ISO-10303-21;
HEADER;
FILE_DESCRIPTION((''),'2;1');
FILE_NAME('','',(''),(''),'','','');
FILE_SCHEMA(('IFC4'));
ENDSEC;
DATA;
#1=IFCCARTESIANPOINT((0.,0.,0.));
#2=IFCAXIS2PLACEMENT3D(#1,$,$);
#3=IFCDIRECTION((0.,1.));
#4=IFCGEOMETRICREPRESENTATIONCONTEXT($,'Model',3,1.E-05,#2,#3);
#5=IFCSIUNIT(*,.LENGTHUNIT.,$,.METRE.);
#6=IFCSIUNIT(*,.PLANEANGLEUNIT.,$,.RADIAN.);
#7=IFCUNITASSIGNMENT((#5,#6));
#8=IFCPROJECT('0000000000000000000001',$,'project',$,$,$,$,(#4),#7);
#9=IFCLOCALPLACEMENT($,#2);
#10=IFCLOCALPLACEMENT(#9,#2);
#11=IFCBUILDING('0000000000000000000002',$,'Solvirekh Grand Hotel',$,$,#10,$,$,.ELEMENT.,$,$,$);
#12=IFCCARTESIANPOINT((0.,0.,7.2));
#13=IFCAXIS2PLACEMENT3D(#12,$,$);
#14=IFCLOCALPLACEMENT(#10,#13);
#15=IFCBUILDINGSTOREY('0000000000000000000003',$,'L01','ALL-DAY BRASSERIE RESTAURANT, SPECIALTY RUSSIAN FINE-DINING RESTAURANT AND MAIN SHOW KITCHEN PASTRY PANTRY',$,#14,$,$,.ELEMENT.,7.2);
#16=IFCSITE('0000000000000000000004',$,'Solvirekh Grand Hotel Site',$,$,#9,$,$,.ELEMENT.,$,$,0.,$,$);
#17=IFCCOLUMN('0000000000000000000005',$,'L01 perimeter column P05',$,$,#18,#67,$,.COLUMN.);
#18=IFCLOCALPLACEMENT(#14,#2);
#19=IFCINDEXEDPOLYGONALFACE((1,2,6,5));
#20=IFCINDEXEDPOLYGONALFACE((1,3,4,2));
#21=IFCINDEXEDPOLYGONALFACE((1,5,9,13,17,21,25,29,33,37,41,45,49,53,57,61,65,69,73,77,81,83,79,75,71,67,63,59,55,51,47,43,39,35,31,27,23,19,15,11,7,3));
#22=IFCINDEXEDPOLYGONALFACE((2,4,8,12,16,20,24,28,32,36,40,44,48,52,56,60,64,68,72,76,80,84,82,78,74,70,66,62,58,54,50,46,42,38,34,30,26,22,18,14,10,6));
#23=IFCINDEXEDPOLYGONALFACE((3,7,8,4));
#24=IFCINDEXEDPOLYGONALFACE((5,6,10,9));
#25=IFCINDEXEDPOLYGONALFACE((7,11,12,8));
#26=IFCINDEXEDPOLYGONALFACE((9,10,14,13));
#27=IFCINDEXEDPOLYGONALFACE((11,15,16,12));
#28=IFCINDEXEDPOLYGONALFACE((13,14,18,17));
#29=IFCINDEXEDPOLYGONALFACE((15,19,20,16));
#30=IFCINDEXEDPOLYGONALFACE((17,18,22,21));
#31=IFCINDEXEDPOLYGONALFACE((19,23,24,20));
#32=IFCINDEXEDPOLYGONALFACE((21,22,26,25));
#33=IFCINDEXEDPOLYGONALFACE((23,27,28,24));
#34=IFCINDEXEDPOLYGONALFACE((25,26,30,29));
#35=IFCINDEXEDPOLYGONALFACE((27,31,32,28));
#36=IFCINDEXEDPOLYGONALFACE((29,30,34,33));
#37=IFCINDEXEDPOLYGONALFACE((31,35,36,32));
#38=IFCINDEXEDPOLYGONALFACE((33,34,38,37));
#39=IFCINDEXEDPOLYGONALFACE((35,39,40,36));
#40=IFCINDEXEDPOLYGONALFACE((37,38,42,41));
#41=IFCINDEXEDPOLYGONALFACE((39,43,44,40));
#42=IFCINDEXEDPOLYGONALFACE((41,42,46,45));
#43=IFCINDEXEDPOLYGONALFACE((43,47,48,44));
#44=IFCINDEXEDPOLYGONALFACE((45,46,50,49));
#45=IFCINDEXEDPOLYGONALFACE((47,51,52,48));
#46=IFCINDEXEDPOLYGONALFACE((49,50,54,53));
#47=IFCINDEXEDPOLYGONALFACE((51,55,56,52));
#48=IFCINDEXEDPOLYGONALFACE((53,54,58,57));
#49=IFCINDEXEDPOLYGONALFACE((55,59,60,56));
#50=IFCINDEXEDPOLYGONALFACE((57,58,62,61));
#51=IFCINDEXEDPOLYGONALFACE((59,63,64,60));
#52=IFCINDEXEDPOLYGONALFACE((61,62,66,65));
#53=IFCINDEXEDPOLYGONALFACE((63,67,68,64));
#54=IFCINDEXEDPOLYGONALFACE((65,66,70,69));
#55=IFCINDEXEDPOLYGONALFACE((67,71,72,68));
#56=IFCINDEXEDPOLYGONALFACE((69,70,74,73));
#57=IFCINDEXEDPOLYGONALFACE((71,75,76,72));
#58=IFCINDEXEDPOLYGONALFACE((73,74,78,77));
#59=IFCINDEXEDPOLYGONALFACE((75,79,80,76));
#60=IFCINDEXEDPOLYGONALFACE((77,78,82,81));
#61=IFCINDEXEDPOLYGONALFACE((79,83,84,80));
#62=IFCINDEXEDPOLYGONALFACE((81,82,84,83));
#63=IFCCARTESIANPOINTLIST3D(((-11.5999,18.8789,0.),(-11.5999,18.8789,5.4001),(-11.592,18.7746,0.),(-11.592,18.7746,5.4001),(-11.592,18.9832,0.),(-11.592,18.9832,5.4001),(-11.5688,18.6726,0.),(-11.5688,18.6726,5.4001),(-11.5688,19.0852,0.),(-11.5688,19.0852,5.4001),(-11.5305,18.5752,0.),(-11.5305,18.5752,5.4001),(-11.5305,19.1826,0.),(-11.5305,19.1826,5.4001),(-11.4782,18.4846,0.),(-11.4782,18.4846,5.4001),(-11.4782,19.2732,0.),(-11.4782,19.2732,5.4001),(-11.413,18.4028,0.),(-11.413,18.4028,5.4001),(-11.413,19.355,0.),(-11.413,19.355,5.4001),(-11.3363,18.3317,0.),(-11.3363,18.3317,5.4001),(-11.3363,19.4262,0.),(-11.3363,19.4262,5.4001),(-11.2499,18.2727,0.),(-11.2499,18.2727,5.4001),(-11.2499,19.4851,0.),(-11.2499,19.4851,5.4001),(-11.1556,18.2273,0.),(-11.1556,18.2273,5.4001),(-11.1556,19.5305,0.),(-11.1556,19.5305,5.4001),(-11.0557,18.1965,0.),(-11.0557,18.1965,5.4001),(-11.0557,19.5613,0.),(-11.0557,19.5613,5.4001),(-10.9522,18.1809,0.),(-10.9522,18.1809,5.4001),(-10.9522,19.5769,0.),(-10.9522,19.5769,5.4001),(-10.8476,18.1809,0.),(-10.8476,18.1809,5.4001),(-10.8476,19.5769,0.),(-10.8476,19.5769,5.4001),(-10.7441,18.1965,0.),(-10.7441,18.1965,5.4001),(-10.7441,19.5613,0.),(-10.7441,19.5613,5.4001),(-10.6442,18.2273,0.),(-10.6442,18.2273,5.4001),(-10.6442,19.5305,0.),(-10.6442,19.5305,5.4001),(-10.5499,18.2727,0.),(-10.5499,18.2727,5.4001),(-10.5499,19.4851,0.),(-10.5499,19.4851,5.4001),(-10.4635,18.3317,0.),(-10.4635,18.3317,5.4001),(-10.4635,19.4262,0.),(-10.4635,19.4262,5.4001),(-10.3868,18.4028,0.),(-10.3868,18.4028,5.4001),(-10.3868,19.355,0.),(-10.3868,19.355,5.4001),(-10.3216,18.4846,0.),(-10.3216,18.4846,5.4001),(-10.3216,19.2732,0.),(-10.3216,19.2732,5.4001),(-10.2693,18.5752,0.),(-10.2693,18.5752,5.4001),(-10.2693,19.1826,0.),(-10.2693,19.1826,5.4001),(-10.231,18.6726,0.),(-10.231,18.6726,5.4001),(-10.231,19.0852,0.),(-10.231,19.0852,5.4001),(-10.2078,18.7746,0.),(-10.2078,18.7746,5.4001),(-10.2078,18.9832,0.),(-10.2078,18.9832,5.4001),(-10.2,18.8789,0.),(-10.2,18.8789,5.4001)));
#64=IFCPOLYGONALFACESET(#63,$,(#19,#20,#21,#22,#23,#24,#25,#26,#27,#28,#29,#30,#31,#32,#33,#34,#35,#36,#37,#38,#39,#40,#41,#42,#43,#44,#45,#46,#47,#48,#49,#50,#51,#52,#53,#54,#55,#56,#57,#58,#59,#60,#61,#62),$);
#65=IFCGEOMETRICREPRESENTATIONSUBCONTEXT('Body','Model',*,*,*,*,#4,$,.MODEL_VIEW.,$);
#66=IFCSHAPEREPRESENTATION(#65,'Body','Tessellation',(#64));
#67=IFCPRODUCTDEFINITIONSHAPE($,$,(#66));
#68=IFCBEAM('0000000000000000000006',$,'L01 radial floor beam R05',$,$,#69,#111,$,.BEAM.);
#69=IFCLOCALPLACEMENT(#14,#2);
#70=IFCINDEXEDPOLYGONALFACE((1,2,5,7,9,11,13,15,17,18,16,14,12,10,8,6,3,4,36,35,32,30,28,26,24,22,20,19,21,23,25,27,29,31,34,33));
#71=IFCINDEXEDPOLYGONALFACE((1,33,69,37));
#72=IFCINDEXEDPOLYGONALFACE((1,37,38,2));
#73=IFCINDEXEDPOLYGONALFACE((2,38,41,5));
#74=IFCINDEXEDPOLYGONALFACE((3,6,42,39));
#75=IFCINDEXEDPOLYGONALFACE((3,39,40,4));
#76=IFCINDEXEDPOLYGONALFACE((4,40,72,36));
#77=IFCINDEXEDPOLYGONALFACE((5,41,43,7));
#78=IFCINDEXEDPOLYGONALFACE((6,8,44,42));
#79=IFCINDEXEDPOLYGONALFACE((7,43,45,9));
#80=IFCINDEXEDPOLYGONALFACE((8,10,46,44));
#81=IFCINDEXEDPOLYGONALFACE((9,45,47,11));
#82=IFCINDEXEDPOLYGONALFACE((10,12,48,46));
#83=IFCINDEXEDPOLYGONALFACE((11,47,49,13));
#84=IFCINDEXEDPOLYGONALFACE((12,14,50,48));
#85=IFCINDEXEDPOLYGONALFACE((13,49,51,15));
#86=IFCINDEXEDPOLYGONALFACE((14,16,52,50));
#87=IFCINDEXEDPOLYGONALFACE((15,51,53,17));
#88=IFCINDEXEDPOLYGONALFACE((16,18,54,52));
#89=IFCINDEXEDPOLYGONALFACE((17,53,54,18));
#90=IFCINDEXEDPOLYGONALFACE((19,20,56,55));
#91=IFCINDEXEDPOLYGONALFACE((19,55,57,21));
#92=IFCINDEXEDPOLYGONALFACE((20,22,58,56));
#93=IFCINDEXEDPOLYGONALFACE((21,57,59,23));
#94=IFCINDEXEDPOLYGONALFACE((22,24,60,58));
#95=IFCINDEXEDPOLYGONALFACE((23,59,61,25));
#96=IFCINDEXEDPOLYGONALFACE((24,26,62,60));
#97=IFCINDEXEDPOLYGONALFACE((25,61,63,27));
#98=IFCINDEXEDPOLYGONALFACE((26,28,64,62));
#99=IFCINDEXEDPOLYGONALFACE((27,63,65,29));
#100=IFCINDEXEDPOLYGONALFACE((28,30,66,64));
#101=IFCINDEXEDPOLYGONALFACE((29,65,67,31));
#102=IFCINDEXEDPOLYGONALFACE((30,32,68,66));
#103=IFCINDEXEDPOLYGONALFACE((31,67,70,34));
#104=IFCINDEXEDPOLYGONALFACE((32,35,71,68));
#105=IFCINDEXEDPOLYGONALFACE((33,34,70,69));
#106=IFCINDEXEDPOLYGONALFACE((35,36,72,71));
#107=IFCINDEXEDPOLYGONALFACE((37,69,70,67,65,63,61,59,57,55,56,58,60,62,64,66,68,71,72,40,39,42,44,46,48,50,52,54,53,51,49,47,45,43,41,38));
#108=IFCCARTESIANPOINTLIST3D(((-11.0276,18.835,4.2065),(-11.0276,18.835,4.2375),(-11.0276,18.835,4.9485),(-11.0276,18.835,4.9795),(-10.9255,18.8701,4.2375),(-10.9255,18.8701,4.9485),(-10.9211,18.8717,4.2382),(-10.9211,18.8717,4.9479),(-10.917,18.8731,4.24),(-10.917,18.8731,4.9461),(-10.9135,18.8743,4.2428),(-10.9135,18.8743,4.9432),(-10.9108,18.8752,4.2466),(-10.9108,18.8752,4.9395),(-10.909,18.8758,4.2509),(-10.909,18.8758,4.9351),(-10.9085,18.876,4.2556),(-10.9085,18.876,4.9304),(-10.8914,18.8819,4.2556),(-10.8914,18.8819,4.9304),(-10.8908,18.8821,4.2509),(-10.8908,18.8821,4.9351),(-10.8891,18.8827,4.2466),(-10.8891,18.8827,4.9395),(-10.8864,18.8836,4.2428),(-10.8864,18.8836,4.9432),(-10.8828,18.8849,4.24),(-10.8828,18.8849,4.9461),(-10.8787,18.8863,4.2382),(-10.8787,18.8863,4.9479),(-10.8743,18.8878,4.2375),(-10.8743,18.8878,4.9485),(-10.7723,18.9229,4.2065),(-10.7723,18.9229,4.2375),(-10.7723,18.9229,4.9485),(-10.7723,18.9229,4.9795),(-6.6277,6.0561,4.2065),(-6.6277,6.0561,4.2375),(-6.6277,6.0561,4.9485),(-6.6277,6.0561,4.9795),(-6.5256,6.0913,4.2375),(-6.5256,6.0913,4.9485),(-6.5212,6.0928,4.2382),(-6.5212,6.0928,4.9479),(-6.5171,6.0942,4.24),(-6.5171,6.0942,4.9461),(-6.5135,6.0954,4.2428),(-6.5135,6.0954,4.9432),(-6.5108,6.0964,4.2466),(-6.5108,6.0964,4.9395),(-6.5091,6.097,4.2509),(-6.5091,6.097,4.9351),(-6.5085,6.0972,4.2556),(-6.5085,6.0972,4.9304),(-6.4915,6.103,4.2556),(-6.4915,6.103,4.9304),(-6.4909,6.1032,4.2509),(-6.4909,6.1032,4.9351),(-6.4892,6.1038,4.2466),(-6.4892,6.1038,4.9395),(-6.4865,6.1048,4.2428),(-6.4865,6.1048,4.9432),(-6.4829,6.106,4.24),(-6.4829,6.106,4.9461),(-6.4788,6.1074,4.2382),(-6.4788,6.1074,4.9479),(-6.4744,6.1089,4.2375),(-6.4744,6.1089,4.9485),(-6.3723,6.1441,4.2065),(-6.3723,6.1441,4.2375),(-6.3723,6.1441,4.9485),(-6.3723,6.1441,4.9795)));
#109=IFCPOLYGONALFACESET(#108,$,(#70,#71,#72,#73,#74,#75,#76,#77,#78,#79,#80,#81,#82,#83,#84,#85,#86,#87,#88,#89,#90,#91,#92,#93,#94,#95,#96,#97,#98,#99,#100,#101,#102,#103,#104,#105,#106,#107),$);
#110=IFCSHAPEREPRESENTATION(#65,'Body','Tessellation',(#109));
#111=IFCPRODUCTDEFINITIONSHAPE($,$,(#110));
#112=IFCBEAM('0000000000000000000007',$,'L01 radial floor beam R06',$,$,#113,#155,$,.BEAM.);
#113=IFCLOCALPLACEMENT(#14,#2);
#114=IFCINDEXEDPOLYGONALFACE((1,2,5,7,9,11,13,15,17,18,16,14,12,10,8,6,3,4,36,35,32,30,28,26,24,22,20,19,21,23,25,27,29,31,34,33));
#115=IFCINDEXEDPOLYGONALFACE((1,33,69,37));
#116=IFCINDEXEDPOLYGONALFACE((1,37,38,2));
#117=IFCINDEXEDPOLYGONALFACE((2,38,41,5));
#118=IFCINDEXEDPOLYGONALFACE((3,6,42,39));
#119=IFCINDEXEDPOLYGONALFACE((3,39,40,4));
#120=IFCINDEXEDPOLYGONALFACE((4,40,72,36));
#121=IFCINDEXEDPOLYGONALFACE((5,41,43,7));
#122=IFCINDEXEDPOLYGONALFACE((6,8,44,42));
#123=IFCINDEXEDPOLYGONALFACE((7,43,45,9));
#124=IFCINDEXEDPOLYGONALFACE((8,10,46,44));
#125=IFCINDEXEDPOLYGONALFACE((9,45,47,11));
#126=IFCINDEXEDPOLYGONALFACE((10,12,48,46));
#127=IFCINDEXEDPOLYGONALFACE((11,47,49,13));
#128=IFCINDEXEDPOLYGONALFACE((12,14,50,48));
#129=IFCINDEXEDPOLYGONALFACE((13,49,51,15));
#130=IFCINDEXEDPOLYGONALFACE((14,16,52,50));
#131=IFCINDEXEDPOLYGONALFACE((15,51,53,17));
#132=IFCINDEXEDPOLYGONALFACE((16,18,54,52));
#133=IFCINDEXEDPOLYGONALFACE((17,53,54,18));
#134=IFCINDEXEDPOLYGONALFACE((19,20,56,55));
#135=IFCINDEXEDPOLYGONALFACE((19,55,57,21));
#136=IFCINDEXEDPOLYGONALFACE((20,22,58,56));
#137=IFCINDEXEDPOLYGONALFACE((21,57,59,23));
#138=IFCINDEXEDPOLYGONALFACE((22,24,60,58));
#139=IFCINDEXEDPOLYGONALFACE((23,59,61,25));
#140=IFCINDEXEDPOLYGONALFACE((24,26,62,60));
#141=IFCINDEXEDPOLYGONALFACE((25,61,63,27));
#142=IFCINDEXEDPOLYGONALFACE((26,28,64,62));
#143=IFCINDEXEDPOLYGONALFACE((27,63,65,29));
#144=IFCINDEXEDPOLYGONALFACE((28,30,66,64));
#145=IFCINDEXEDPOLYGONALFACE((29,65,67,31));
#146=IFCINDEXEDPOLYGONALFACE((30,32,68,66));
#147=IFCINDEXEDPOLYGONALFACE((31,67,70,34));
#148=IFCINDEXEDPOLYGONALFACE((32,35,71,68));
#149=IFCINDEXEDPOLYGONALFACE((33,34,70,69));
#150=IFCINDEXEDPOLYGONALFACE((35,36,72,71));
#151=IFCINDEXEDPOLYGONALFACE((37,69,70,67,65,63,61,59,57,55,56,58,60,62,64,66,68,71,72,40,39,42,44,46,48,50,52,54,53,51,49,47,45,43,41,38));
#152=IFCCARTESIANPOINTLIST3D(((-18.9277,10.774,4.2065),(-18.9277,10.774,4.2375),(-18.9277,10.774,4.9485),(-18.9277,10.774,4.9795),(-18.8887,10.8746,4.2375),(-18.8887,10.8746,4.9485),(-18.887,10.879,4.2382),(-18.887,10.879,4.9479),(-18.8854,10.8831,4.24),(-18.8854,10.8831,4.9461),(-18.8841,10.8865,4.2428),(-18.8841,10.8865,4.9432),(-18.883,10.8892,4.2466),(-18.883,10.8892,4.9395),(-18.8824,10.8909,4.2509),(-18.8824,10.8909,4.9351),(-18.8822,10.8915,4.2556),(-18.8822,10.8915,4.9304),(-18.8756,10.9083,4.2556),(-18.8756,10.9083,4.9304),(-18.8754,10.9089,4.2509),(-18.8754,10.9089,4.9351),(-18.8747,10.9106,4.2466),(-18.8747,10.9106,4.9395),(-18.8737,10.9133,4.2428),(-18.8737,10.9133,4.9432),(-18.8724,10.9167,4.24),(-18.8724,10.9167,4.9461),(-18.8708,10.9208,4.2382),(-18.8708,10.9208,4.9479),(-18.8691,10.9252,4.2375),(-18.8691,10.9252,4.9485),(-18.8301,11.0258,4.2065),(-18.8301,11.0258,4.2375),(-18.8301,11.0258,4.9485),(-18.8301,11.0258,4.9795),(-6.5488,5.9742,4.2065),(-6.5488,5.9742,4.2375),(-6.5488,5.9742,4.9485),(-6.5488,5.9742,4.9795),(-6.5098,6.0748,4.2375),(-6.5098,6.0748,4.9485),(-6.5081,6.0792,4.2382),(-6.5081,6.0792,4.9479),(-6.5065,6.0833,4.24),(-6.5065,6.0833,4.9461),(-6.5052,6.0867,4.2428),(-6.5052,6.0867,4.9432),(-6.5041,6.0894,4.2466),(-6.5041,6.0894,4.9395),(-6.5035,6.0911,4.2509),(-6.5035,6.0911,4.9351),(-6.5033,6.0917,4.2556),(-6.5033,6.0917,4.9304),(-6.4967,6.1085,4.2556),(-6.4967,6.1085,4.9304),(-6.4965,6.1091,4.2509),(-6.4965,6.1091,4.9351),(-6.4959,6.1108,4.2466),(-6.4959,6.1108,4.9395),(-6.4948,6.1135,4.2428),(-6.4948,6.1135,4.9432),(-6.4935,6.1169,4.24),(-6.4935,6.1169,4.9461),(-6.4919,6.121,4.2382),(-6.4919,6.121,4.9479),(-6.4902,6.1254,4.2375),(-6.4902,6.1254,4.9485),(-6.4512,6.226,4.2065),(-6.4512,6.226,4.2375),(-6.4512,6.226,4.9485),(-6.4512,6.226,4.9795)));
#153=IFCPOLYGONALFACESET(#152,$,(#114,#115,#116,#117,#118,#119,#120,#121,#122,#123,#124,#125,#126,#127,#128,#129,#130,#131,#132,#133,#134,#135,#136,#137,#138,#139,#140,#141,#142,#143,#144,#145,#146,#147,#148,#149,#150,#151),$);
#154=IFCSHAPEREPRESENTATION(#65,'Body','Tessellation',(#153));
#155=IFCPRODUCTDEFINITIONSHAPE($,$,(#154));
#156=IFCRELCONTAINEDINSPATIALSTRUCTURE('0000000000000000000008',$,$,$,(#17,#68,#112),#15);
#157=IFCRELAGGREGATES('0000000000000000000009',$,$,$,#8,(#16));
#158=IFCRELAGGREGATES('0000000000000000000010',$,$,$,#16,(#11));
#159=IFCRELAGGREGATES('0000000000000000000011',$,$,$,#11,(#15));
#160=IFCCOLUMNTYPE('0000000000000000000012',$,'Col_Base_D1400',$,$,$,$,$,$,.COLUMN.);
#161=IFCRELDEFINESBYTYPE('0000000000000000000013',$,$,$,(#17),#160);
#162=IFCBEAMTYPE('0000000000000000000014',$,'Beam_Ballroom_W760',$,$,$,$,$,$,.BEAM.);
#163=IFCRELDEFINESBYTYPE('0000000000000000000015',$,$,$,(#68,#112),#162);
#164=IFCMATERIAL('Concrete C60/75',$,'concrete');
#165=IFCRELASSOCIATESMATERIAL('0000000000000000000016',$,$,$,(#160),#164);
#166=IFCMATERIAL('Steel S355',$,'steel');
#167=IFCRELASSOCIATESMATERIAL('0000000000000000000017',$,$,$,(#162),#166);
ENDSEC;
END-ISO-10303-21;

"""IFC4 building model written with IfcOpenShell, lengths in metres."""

from ifc_helpers import new_model, si_unit, direction, frame, origin, origin_2d, place, context, subcontext, project, spatial, circle, i_section, extrude, material, material_profile, profile_set, type_object, element, save


model = new_model("IFC4")

# Units and contexts
model_context = context("Model", 3, precision=1e-05, world=origin(), true_north=direction((0.0, 1.0)))
body_context = subcontext(model_context, "Body", "Model", "MODEL_VIEW")
ifc_project = project(units=[si_unit("LENGTHUNIT", "METRE"), si_unit("PLANEANGLEUNIT", "RADIAN")], contexts=[model_context])

# Site, building, storey
site_placement = place(None, origin())
site = spatial("IfcSite", under=ifc_project, at=site_placement, Name="Solvirekh Grand Hotel Site", CompositionType="ELEMENT", RefElevation=0.0)
building_placement = place(site_placement, origin())
building = spatial("IfcBuilding", under=site, at=building_placement, Name="Solvirekh Grand Hotel", CompositionType="ELEMENT")
storey_placement = place(building_placement, frame((0.0, 0.0, 7.2)))
storey = spatial("IfcBuildingStorey", under=building, at=storey_placement, Name="L01", Description="ALL-DAY BRASSERIE RESTAURANT, SPECIALTY RUSSIAN FINE-DINING RESTAURANT AND MAIN SHOW KITCHEN PASTRY PANTRY", CompositionType="ELEMENT", Elevation=7.2)

# Column
ifc_material_1 = material(Name="Concrete C60/75", Category="concrete")
ifc_material_profile_1 = material_profile(ifc_material_1, circle(Radius=0.7, at=origin_2d()), Name="RC CIRC D1400")
ifc_profile_set_1 = profile_set([ifc_material_profile_1], Name="Concrete C60/75")
column_type = type_object("IfcColumnType", Name="Col_Base_D1400", PredefinedType="COLUMN", material=ifc_profile_set_1)
column_placement = place(storey_placement, frame((-10.8999, 18.8789, 0.0), z_axis=(0.0, 0.0, 1.0), x_axis=(1.0, 0.0, 0.0)))
element("IfcColumn", 1, at=column_placement, inside=storey, type_object=column_type, Name="L01 perimeter column P05", PredefinedType="COLUMN", context=body_context, shape_type="SweptSolid", body=[
    extrude(circle(Radius=0.7, at=origin_2d()), origin(), (0.0, 0.0, 1.0), 5.4001),
])

# Beams
ifc_material_2 = material(Name="Steel S355", Category="steel")
ifc_material_profile_2 = material_profile(ifc_material_2, i_section(OverallWidth=0.27, OverallDepth=0.7729, WebThickness=0.0181, FlangeThickness=0.031, FilletRadius=0.0181, at=origin_2d()), Name="W760X257")
ifc_profile_set_2 = profile_set([ifc_material_profile_2], Name="Steel S355")
beam_type_1 = type_object("IfcBeamType", Name="Beam_Ballroom_W760", PredefinedType="BEAM", material=ifc_profile_set_2)
beam_1_placement = place(storey_placement, frame((-6.5, 6.1001, 4.593), z_axis=(-0.325555, 0.945523, 0.0), x_axis=(-0.945523, -0.325555, 0.0)))
element("IfcBeam", 2, at=beam_1_placement, inside=storey, type_object=beam_type_1, Name="L01 radial floor beam R05", PredefinedType="BEAM", context=body_context, shape_type="SweptSolid", body=[
    extrude(i_section(OverallWidth=0.27, OverallDepth=0.7729, WebThickness=0.0181, FlangeThickness=0.031, FilletRadius=0.0181, at=origin_2d()), origin(), (0.0, 0.0, 1.0), 13.5151),
])
beam_2_placement = place(storey_placement, frame((-6.5, 6.1001, 4.593), z_axis=(-0.932366, 0.361516, 0.0), x_axis=(-0.361516, -0.932366, 0.0)))
element("IfcBeam", 3, at=beam_2_placement, inside=storey, type_object=beam_type_1, Name="L01 radial floor beam R06", PredefinedType="BEAM", context=body_context, shape_type="SweptSolid", body=[
    extrude(i_section(OverallWidth=0.27, OverallDepth=0.7729, WebThickness=0.0181, FlangeThickness=0.031, FilletRadius=0.0181, at=origin_2d()), origin(), (0.0, 0.0, 1.0), 13.2769),
])

save(model, "model.ifc")
